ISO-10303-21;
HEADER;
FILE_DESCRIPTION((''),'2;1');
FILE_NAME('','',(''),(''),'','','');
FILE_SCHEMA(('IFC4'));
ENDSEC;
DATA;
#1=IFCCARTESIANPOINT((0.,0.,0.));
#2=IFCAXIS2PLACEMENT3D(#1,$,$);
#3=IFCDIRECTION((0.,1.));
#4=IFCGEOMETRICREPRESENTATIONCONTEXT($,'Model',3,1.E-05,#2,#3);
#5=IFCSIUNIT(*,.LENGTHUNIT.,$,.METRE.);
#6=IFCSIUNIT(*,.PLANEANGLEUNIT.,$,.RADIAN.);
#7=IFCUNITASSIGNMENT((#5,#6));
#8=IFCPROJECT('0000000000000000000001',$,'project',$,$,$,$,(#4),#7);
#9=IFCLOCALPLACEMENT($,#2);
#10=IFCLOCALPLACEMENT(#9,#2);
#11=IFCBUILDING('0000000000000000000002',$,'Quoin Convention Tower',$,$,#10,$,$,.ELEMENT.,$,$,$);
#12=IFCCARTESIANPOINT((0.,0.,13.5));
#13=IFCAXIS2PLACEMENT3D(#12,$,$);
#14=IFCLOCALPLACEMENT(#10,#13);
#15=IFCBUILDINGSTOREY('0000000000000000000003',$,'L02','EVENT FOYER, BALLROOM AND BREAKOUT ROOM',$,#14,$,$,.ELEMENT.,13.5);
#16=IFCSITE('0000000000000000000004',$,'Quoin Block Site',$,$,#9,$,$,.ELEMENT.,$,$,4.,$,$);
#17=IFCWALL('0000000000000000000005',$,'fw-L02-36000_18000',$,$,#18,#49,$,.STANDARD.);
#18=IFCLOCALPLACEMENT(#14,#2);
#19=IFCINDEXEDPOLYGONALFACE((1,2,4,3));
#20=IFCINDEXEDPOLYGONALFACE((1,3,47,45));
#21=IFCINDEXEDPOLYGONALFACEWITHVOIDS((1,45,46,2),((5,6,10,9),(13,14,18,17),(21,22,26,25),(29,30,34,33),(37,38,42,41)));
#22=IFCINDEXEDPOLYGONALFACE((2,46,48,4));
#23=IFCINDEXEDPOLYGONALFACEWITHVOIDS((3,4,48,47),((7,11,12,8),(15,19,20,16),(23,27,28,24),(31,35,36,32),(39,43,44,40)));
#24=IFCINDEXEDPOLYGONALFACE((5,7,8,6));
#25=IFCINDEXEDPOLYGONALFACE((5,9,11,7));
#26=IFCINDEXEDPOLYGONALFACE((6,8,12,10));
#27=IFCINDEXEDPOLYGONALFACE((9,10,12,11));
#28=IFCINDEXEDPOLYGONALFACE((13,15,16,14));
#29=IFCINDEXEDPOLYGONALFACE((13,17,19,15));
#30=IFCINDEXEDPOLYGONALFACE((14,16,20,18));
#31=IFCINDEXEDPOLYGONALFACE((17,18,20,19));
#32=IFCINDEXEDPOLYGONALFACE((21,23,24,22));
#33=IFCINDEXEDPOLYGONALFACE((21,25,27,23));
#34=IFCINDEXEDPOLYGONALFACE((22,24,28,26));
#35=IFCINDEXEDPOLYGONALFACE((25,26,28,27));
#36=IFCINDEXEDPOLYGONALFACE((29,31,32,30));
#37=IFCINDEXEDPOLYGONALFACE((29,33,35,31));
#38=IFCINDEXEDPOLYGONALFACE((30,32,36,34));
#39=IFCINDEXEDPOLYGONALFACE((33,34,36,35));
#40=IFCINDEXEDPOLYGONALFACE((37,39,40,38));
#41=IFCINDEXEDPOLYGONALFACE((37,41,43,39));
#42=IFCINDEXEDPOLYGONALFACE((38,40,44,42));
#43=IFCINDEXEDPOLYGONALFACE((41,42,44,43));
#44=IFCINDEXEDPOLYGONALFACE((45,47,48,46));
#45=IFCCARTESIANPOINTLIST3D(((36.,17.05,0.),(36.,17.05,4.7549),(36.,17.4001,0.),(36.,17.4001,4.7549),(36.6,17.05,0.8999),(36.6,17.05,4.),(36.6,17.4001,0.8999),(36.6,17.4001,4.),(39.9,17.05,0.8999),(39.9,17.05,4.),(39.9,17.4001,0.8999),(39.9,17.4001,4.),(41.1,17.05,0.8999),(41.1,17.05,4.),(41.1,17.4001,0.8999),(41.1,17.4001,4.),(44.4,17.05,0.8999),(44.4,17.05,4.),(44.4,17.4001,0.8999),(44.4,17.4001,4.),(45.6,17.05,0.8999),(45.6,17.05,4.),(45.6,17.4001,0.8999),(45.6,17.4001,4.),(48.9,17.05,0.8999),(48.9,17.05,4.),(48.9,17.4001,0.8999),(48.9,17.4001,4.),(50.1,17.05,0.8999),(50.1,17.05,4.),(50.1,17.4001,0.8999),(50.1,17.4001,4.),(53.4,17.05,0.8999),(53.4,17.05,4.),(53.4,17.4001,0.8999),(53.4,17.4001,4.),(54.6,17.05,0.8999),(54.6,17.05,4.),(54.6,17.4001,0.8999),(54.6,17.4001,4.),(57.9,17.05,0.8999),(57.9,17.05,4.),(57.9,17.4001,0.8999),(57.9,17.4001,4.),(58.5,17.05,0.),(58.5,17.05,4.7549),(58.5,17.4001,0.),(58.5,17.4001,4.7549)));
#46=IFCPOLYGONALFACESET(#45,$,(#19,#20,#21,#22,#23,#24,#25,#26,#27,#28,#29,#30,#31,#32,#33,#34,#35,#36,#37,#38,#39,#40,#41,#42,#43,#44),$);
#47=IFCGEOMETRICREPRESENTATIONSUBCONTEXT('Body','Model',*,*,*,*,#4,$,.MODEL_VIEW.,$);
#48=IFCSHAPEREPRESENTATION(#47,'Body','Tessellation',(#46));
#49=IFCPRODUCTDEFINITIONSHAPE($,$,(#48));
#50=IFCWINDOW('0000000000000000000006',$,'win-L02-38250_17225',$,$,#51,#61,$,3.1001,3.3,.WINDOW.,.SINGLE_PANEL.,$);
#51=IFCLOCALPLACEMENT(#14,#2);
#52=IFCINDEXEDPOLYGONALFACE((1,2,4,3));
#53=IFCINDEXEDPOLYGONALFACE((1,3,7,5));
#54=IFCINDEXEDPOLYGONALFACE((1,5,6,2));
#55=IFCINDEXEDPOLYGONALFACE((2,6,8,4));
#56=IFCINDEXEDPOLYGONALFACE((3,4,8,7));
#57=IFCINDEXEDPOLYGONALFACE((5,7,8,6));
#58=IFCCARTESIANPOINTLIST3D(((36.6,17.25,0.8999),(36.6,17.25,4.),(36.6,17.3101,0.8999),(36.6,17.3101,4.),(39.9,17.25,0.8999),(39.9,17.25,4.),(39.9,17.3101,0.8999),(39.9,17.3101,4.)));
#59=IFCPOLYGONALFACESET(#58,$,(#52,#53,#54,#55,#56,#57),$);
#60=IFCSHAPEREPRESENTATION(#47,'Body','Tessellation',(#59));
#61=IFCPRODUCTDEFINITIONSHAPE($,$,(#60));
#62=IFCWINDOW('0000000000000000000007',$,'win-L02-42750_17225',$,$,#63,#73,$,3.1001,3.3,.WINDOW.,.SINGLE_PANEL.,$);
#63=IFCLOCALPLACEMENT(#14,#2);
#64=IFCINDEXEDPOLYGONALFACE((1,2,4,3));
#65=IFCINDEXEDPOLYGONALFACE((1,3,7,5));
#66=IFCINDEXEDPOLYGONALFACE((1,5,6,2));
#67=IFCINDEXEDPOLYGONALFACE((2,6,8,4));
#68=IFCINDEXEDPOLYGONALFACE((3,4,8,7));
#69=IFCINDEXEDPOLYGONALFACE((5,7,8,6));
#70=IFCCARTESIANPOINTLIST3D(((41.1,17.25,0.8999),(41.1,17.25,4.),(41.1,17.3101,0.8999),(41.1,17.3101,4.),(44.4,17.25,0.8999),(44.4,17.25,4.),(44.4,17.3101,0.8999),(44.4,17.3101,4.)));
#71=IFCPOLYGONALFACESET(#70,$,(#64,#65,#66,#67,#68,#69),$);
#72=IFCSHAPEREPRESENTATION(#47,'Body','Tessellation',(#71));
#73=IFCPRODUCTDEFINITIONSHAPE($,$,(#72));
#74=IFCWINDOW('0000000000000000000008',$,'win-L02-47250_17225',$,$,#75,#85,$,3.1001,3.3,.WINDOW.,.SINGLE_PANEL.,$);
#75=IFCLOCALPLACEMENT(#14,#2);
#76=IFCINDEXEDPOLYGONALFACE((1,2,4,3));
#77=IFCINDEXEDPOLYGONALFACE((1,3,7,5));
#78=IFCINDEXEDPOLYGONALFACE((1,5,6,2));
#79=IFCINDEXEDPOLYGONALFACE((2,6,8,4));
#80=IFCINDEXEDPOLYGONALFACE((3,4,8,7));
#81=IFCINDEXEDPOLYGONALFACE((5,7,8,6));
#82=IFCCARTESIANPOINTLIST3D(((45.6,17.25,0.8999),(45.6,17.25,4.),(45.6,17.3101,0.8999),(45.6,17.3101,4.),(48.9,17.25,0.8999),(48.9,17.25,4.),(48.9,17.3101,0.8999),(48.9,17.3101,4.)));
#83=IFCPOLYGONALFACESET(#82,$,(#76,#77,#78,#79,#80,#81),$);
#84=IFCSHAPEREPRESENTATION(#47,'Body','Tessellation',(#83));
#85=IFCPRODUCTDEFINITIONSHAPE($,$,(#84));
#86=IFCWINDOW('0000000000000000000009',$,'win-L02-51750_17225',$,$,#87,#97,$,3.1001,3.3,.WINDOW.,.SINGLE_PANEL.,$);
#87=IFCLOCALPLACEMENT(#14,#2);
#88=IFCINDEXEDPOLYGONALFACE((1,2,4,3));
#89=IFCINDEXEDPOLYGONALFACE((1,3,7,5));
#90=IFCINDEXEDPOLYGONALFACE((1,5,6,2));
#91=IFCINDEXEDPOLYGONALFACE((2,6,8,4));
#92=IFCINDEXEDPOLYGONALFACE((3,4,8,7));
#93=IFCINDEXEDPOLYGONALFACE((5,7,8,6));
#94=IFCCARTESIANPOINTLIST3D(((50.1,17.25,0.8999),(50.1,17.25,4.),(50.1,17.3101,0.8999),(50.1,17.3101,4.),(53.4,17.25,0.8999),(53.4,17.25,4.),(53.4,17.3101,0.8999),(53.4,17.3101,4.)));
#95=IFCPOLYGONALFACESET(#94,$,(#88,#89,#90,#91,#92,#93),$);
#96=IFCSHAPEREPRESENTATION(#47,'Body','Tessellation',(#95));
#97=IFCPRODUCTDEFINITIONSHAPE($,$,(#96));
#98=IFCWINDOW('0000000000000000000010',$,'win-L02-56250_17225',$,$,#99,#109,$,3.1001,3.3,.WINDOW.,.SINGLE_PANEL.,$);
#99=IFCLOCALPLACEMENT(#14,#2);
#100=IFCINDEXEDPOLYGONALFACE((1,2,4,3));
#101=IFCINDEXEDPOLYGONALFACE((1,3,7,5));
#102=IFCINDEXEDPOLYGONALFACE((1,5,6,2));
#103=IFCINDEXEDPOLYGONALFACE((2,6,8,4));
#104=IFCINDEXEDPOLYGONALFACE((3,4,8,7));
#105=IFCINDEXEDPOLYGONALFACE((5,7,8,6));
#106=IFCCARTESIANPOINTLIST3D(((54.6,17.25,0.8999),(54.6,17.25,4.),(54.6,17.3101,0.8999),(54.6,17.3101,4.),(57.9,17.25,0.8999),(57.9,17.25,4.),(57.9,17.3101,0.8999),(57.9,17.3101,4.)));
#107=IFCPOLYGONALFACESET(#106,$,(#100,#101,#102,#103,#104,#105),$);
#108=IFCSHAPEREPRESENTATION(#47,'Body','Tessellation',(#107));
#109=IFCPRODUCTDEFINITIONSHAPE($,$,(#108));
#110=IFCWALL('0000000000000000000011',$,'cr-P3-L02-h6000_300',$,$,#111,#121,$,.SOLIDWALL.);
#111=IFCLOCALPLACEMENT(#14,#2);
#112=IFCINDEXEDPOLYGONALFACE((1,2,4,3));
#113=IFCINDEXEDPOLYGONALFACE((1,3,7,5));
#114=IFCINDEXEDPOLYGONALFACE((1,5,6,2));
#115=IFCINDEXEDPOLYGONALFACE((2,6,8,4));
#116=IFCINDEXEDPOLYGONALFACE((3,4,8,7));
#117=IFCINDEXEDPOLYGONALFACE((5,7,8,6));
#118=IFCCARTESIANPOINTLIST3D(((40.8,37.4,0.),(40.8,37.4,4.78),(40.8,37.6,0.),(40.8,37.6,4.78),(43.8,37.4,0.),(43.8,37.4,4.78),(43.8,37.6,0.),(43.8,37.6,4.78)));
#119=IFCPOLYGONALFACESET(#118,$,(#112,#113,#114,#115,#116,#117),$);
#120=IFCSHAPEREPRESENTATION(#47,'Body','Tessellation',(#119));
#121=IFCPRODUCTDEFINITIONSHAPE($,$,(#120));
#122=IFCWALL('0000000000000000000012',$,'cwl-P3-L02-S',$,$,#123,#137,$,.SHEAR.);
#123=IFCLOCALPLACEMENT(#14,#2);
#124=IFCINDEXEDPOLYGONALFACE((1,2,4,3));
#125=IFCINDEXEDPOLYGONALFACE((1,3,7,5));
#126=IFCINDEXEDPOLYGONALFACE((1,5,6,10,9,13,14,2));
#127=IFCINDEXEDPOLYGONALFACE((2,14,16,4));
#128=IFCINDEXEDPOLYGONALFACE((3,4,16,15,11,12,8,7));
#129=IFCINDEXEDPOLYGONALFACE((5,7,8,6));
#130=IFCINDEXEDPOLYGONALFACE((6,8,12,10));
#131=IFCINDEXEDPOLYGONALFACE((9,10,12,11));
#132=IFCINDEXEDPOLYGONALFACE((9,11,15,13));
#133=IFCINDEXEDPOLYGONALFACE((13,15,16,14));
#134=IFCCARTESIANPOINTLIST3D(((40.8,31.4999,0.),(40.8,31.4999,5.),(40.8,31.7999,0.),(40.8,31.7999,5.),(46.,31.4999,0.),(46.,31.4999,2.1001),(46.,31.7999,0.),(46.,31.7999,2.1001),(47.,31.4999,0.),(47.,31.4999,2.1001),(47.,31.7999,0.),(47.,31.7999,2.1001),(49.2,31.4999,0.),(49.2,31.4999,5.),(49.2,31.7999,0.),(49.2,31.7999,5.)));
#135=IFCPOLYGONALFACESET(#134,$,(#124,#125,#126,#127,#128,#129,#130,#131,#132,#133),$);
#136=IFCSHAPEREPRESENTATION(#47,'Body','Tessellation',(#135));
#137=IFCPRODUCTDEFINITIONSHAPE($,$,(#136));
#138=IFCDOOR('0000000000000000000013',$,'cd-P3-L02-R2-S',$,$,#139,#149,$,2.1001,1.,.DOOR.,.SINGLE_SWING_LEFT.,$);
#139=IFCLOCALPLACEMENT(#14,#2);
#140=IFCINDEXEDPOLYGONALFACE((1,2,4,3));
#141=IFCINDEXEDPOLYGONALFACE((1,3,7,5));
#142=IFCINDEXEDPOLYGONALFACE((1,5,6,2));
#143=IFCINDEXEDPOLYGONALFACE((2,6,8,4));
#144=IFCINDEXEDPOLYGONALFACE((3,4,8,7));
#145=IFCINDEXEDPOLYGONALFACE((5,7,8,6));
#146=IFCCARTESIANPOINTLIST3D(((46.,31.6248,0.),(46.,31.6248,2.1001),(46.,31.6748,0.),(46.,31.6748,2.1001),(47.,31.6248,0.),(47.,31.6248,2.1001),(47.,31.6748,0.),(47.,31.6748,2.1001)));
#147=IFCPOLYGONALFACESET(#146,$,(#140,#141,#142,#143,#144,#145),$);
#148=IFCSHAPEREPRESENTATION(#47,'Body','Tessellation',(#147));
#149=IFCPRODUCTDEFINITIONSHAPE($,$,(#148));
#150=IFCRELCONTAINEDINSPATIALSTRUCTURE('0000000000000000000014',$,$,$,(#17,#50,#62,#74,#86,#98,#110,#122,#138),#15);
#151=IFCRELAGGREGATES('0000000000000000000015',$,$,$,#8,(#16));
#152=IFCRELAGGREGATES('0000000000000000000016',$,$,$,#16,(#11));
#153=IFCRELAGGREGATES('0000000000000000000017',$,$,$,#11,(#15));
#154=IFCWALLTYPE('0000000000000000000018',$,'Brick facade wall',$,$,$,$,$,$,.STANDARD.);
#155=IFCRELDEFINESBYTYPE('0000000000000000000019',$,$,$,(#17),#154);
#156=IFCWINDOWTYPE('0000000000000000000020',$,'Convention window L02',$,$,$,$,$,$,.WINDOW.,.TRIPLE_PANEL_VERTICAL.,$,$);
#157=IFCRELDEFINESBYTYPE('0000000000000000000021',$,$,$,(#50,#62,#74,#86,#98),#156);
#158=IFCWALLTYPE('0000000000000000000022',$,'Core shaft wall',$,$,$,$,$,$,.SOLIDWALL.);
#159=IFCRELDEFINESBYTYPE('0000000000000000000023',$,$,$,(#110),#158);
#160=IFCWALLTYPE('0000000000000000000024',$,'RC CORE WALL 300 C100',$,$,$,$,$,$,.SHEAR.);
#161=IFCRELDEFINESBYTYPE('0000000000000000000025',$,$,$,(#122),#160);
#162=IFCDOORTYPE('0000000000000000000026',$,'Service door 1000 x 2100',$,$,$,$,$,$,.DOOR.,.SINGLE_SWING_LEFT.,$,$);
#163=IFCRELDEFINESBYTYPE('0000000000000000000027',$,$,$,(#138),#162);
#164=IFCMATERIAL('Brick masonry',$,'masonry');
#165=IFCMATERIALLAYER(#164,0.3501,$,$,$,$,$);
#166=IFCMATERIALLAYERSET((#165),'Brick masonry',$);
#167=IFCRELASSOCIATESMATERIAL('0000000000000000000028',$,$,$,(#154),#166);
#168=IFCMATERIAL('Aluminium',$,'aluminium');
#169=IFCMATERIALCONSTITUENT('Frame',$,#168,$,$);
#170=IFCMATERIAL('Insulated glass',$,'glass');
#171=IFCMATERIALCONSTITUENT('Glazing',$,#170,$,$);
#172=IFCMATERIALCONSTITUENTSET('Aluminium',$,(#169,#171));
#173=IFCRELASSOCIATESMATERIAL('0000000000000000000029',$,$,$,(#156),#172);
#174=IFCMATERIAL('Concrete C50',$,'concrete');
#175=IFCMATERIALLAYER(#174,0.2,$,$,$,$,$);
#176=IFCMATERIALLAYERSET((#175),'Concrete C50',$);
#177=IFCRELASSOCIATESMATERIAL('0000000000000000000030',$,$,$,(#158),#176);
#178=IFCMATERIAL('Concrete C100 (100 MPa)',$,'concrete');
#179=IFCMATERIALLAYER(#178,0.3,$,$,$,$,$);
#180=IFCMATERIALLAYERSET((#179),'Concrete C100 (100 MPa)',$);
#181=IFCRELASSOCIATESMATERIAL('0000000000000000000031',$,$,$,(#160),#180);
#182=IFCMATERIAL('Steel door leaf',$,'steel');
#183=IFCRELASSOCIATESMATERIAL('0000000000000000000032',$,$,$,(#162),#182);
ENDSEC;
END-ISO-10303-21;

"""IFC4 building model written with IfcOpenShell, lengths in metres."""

from ifc_helpers import new_model, si_unit, direction, frame, frame_2d, origin, place, context, subcontext, project, spatial, rectangle, extrude, material, layer, layer_set, constituent, constituent_set, type_object, element, fill, save


model = new_model("IFC4")

# Units and contexts
model_context = context("Model", 3, precision=1e-05, world=origin(), true_north=direction((0.0, 1.0)))
body_context = subcontext(model_context, "Body", "Model", "MODEL_VIEW")
ifc_project = project(units=[si_unit("LENGTHUNIT", "METRE"), si_unit("PLANEANGLEUNIT", "RADIAN")], contexts=[model_context])

# Site, building, storey
site_placement = place(None, origin())
site = spatial("IfcSite", under=ifc_project, at=site_placement, Name="Quoin Block Site", CompositionType="ELEMENT", RefElevation=4.0)
building_placement = place(site_placement, origin())
building = spatial("IfcBuilding", under=site, at=building_placement, Name="Quoin Convention Tower", CompositionType="ELEMENT")
storey_placement = place(building_placement, frame((0.0, 0.0, 13.5)))
storey = spatial("IfcBuildingStorey", under=building, at=storey_placement, Name="L02", Description="EVENT FOYER, BALLROOM AND BREAKOUT ROOM", CompositionType="ELEMENT", Elevation=13.5)

# Shared definitions
ifc_material_1 = material(Name="Concrete C100 (100 MPa)", Category="concrete")

# Wall, openings, windows
ifc_material_2 = material(Name="Brick masonry", Category="masonry")
ifc_layer_1 = layer(ifc_material_2, 0.3501)
ifc_layer_set_1 = layer_set([ifc_layer_1], Name="Brick masonry")
wall_type_1 = type_object("IfcWallType", Name="Brick facade wall", PredefinedType="STANDARD", material=ifc_layer_set_1)
wall_1_placement = place(storey_placement, frame((36.0, 17.2251, 0.0), z_axis=(0.0, 0.0, 1.0), x_axis=(1.0, 0.0, 0.0)))
wall_1 = element("IfcWall", 1, at=wall_1_placement, inside=storey, type_object=wall_type_1, Name="fw-L02-36000_18000", PredefinedType="STANDARD", context=body_context, shape_type="SweptSolid", body=[
    extrude(rectangle(XDim=22.5, YDim=0.3501, at=frame_2d((11.25, 0.0))), origin(), (0.0, 0.0, 1.0), 4.7549),
])
opening_1_placement = place(wall_1_placement, frame((0.6001, 0.0, 0.8999)))
opening_1 = element("IfcOpeningElement", 2, at=opening_1_placement, cuts=wall_1, PredefinedType="OPENING", context=body_context, shape_type="SweptSolid", body=[
    extrude(rectangle(XDim=3.3, YDim=3.1001, at=frame_2d((1.6499, 1.55))), frame((0.0, 0.1851, 0.0), z_axis=(0.0, -1.0, 0.0), x_axis=(1.0, 0.0, 0.0)), (0.0, 0.0, 1.0), 0.3701),
])
opening_2_placement = place(wall_1_placement, frame((5.1001, 0.0, 0.8999)))
opening_2 = element("IfcOpeningElement", 3, at=opening_2_placement, cuts=wall_1, PredefinedType="OPENING", context=body_context, shape_type="SweptSolid", body=[
    extrude(rectangle(XDim=3.3, YDim=3.1001, at=frame_2d((1.6499, 1.55))), frame((0.0, 0.1851, 0.0), z_axis=(0.0, -1.0, 0.0), x_axis=(1.0, 0.0, 0.0)), (0.0, 0.0, 1.0), 0.3701),
])
opening_3_placement = place(wall_1_placement, frame((9.6001, 0.0, 0.8999)))
opening_3 = element("IfcOpeningElement", 4, at=opening_3_placement, cuts=wall_1, PredefinedType="OPENING", context=body_context, shape_type="SweptSolid", body=[
    extrude(rectangle(XDim=3.3, YDim=3.1001, at=frame_2d((1.6499, 1.55))), frame((0.0, 0.1851, 0.0), z_axis=(0.0, -1.0, 0.0), x_axis=(1.0, 0.0, 0.0)), (0.0, 0.0, 1.0), 0.3701),
])
opening_4_placement = place(wall_1_placement, frame((14.1001, 0.0, 0.8999)))
opening_4 = element("IfcOpeningElement", 5, at=opening_4_placement, cuts=wall_1, PredefinedType="OPENING", context=body_context, shape_type="SweptSolid", body=[
    extrude(rectangle(XDim=3.3, YDim=3.1001, at=frame_2d((1.6499, 1.55))), frame((0.0, 0.1851, 0.0), z_axis=(0.0, -1.0, 0.0), x_axis=(1.0, 0.0, 0.0)), (0.0, 0.0, 1.0), 0.3701),
])
opening_5_placement = place(wall_1_placement, frame((18.6001, 0.0, 0.8999)))
opening_5 = element("IfcOpeningElement", 6, at=opening_5_placement, cuts=wall_1, PredefinedType="OPENING", context=body_context, shape_type="SweptSolid", body=[
    extrude(rectangle(XDim=3.3, YDim=3.1001, at=frame_2d((1.6499, 1.55))), frame((0.0, 0.1851, 0.0), z_axis=(0.0, -1.0, 0.0), x_axis=(1.0, 0.0, 0.0)), (0.0, 0.0, 1.0), 0.3701),
])
ifc_material_3 = material(Name="Aluminium", Category="aluminium")
ifc_constituent_1 = constituent(ifc_material_3, Name="Frame")
ifc_material_4 = material(Name="Insulated glass", Category="glass")
ifc_constituent_2 = constituent(ifc_material_4, Name="Glazing")
ifc_constituent_set = constituent_set(constituents=[ifc_constituent_1, ifc_constituent_2], Name="Aluminium")
window_type = type_object("IfcWindowType", Name="Convention window L02", PartitioningType="TRIPLE_PANEL_VERTICAL", PredefinedType="WINDOW", material=ifc_constituent_set)
window_1_placement = place(opening_1_placement, origin())
window_1 = element("IfcWindow", 7, at=window_1_placement, inside=storey, type_object=window_type, Name="win-L02-38250_17225", OverallHeight=3.1001, OverallWidth=3.3, PartitioningType="SINGLE_PANEL", PredefinedType="WINDOW", context=body_context, shape_type="SweptSolid", body=[
    extrude(rectangle(XDim=3.3, YDim=3.1001, at=frame_2d((1.6499, 1.55))), frame((0.0, 0.085, 0.0), z_axis=(0.0, -1.0, 0.0), x_axis=(1.0, 0.0, 0.0)), (0.0, 0.0, 1.0), 0.0601),
])
fill(opening_1, window_1)
window_2_placement = place(opening_2_placement, origin())
window_2 = element("IfcWindow", 8, at=window_2_placement, inside=storey, type_object=window_type, Name="win-L02-42750_17225", OverallHeight=3.1001, OverallWidth=3.3, PartitioningType="SINGLE_PANEL", PredefinedType="WINDOW", context=body_context, shape_type="SweptSolid", body=[
    extrude(rectangle(XDim=3.3, YDim=3.1001, at=frame_2d((1.6499, 1.55))), frame((0.0, 0.085, 0.0), z_axis=(0.0, -1.0, 0.0), x_axis=(1.0, 0.0, 0.0)), (0.0, 0.0, 1.0), 0.0601),
])
fill(opening_2, window_2)
window_3_placement = place(opening_3_placement, origin())
window_3 = element("IfcWindow", 9, at=window_3_placement, inside=storey, type_object=window_type, Name="win-L02-47250_17225", OverallHeight=3.1001, OverallWidth=3.3, PartitioningType="SINGLE_PANEL", PredefinedType="WINDOW", context=body_context, shape_type="SweptSolid", body=[
    extrude(rectangle(XDim=3.3, YDim=3.1001, at=frame_2d((1.6499, 1.55))), frame((0.0, 0.085, 0.0), z_axis=(0.0, -1.0, 0.0), x_axis=(1.0, 0.0, 0.0)), (0.0, 0.0, 1.0), 0.0601),
])
fill(opening_3, window_3)
window_4_placement = place(opening_4_placement, origin())
window_4 = element("IfcWindow", 10, at=window_4_placement, inside=storey, type_object=window_type, Name="win-L02-51750_17225", OverallHeight=3.1001, OverallWidth=3.3, PartitioningType="SINGLE_PANEL", PredefinedType="WINDOW", context=body_context, shape_type="SweptSolid", body=[
    extrude(rectangle(XDim=3.3, YDim=3.1001, at=frame_2d((1.6499, 1.55))), frame((0.0, 0.085, 0.0), z_axis=(0.0, -1.0, 0.0), x_axis=(1.0, 0.0, 0.0)), (0.0, 0.0, 1.0), 0.0601),
])
fill(opening_4, window_4)
window_5_placement = place(opening_5_placement, origin())
window_5 = element("IfcWindow", 11, at=window_5_placement, inside=storey, type_object=window_type, Name="win-L02-56250_17225", OverallHeight=3.1001, OverallWidth=3.3, PartitioningType="SINGLE_PANEL", PredefinedType="WINDOW", context=body_context, shape_type="SweptSolid", body=[
    extrude(rectangle(XDim=3.3, YDim=3.1001, at=frame_2d((1.6499, 1.55))), frame((0.0, 0.085, 0.0), z_axis=(0.0, -1.0, 0.0), x_axis=(1.0, 0.0, 0.0)), (0.0, 0.0, 1.0), 0.0601),
])
fill(opening_5, window_5)

# Wall
ifc_material_5 = material(Name="Concrete C50", Category="concrete")
ifc_layer_2 = layer(ifc_material_5, 0.2)
ifc_layer_set_2 = layer_set([ifc_layer_2], Name="Concrete C50")
wall_type_2 = type_object("IfcWallType", Name="Core shaft wall", PredefinedType="SOLIDWALL", material=ifc_layer_set_2)
wall_2_placement = place(storey_placement, frame((40.8, 37.5, 0.0), z_axis=(0.0, 0.0, 1.0), x_axis=(1.0, 0.0, 0.0)))
element("IfcWall", 12, at=wall_2_placement, inside=storey, type_object=wall_type_2, Name="cr-P3-L02-h6000_300", PredefinedType="SOLIDWALL", context=body_context, shape_type="SweptSolid", body=[
    extrude(rectangle(XDim=3.0, YDim=0.2, at=frame_2d((1.5, 0.0))), origin(), (0.0, 0.0, 1.0), 4.78),
])

# Wall, opening, door
ifc_layer_3 = layer(ifc_material_1, 0.3)
ifc_layer_set_3 = layer_set([ifc_layer_3], Name="Concrete C100 (100 MPa)")
wall_type_3 = type_object("IfcWallType", Name="RC CORE WALL 300 C100", PredefinedType="SHEAR", material=ifc_layer_set_3)
wall_3_placement = place(storey_placement, frame((40.8, 31.6499, 0.0), z_axis=(0.0, 0.0, 1.0), x_axis=(1.0, 0.0, 0.0)))
wall_3 = element("IfcWall", 13, at=wall_3_placement, inside=storey, type_object=wall_type_3, Name="cwl-P3-L02-S", PredefinedType="SHEAR", context=body_context, shape_type="SweptSolid", body=[
    extrude(rectangle(XDim=8.3999, YDim=0.3, at=frame_2d((4.2, 0.0))), origin(), (0.0, 0.0, 1.0), 5.0),
])
opening_6_placement = place(wall_3_placement, frame((5.2, 0.0, 0.0)))
opening_6 = element("IfcOpeningElement", 14, at=opening_6_placement, cuts=wall_3, PredefinedType="OPENING", context=body_context, shape_type="SweptSolid", body=[
    extrude(rectangle(XDim=1.0, YDim=2.1001, at=frame_2d((0.5, 1.05))), frame((0.0, 0.1599, 0.0), z_axis=(0.0, -1.0, 0.0), x_axis=(1.0, 0.0, 0.0)), (0.0, 0.0, 1.0), 0.3201),
])
ifc_material_6 = material(Name="Steel door leaf", Category="steel")
door_type_1 = type_object("IfcDoorType", Name="Service door 1000 x 2100", OperationType="SINGLE_SWING_LEFT", PredefinedType="DOOR", material=ifc_material_6)
door_1_placement = place(opening_6_placement, origin())
door_1 = element("IfcDoor", 15, at=door_1_placement, inside=storey, type_object=door_type_1, Name="cd-P3-L02-R2-S", OperationType="SINGLE_SWING_LEFT", OverallHeight=2.1001, OverallWidth=1.0, PredefinedType="DOOR", context=body_context, shape_type="SweptSolid", body=[
    extrude(rectangle(XDim=1.0, YDim=2.1001, at=frame_2d((0.5, 1.05))), frame((0.0, 0.0249, 0.0), z_axis=(0.0, -1.0, 0.0), x_axis=(1.0, 0.0, 0.0)), (0.0, 0.0, 1.0), 0.05),
])
fill(opening_6, door_1)

save(model, "model.ifc")
